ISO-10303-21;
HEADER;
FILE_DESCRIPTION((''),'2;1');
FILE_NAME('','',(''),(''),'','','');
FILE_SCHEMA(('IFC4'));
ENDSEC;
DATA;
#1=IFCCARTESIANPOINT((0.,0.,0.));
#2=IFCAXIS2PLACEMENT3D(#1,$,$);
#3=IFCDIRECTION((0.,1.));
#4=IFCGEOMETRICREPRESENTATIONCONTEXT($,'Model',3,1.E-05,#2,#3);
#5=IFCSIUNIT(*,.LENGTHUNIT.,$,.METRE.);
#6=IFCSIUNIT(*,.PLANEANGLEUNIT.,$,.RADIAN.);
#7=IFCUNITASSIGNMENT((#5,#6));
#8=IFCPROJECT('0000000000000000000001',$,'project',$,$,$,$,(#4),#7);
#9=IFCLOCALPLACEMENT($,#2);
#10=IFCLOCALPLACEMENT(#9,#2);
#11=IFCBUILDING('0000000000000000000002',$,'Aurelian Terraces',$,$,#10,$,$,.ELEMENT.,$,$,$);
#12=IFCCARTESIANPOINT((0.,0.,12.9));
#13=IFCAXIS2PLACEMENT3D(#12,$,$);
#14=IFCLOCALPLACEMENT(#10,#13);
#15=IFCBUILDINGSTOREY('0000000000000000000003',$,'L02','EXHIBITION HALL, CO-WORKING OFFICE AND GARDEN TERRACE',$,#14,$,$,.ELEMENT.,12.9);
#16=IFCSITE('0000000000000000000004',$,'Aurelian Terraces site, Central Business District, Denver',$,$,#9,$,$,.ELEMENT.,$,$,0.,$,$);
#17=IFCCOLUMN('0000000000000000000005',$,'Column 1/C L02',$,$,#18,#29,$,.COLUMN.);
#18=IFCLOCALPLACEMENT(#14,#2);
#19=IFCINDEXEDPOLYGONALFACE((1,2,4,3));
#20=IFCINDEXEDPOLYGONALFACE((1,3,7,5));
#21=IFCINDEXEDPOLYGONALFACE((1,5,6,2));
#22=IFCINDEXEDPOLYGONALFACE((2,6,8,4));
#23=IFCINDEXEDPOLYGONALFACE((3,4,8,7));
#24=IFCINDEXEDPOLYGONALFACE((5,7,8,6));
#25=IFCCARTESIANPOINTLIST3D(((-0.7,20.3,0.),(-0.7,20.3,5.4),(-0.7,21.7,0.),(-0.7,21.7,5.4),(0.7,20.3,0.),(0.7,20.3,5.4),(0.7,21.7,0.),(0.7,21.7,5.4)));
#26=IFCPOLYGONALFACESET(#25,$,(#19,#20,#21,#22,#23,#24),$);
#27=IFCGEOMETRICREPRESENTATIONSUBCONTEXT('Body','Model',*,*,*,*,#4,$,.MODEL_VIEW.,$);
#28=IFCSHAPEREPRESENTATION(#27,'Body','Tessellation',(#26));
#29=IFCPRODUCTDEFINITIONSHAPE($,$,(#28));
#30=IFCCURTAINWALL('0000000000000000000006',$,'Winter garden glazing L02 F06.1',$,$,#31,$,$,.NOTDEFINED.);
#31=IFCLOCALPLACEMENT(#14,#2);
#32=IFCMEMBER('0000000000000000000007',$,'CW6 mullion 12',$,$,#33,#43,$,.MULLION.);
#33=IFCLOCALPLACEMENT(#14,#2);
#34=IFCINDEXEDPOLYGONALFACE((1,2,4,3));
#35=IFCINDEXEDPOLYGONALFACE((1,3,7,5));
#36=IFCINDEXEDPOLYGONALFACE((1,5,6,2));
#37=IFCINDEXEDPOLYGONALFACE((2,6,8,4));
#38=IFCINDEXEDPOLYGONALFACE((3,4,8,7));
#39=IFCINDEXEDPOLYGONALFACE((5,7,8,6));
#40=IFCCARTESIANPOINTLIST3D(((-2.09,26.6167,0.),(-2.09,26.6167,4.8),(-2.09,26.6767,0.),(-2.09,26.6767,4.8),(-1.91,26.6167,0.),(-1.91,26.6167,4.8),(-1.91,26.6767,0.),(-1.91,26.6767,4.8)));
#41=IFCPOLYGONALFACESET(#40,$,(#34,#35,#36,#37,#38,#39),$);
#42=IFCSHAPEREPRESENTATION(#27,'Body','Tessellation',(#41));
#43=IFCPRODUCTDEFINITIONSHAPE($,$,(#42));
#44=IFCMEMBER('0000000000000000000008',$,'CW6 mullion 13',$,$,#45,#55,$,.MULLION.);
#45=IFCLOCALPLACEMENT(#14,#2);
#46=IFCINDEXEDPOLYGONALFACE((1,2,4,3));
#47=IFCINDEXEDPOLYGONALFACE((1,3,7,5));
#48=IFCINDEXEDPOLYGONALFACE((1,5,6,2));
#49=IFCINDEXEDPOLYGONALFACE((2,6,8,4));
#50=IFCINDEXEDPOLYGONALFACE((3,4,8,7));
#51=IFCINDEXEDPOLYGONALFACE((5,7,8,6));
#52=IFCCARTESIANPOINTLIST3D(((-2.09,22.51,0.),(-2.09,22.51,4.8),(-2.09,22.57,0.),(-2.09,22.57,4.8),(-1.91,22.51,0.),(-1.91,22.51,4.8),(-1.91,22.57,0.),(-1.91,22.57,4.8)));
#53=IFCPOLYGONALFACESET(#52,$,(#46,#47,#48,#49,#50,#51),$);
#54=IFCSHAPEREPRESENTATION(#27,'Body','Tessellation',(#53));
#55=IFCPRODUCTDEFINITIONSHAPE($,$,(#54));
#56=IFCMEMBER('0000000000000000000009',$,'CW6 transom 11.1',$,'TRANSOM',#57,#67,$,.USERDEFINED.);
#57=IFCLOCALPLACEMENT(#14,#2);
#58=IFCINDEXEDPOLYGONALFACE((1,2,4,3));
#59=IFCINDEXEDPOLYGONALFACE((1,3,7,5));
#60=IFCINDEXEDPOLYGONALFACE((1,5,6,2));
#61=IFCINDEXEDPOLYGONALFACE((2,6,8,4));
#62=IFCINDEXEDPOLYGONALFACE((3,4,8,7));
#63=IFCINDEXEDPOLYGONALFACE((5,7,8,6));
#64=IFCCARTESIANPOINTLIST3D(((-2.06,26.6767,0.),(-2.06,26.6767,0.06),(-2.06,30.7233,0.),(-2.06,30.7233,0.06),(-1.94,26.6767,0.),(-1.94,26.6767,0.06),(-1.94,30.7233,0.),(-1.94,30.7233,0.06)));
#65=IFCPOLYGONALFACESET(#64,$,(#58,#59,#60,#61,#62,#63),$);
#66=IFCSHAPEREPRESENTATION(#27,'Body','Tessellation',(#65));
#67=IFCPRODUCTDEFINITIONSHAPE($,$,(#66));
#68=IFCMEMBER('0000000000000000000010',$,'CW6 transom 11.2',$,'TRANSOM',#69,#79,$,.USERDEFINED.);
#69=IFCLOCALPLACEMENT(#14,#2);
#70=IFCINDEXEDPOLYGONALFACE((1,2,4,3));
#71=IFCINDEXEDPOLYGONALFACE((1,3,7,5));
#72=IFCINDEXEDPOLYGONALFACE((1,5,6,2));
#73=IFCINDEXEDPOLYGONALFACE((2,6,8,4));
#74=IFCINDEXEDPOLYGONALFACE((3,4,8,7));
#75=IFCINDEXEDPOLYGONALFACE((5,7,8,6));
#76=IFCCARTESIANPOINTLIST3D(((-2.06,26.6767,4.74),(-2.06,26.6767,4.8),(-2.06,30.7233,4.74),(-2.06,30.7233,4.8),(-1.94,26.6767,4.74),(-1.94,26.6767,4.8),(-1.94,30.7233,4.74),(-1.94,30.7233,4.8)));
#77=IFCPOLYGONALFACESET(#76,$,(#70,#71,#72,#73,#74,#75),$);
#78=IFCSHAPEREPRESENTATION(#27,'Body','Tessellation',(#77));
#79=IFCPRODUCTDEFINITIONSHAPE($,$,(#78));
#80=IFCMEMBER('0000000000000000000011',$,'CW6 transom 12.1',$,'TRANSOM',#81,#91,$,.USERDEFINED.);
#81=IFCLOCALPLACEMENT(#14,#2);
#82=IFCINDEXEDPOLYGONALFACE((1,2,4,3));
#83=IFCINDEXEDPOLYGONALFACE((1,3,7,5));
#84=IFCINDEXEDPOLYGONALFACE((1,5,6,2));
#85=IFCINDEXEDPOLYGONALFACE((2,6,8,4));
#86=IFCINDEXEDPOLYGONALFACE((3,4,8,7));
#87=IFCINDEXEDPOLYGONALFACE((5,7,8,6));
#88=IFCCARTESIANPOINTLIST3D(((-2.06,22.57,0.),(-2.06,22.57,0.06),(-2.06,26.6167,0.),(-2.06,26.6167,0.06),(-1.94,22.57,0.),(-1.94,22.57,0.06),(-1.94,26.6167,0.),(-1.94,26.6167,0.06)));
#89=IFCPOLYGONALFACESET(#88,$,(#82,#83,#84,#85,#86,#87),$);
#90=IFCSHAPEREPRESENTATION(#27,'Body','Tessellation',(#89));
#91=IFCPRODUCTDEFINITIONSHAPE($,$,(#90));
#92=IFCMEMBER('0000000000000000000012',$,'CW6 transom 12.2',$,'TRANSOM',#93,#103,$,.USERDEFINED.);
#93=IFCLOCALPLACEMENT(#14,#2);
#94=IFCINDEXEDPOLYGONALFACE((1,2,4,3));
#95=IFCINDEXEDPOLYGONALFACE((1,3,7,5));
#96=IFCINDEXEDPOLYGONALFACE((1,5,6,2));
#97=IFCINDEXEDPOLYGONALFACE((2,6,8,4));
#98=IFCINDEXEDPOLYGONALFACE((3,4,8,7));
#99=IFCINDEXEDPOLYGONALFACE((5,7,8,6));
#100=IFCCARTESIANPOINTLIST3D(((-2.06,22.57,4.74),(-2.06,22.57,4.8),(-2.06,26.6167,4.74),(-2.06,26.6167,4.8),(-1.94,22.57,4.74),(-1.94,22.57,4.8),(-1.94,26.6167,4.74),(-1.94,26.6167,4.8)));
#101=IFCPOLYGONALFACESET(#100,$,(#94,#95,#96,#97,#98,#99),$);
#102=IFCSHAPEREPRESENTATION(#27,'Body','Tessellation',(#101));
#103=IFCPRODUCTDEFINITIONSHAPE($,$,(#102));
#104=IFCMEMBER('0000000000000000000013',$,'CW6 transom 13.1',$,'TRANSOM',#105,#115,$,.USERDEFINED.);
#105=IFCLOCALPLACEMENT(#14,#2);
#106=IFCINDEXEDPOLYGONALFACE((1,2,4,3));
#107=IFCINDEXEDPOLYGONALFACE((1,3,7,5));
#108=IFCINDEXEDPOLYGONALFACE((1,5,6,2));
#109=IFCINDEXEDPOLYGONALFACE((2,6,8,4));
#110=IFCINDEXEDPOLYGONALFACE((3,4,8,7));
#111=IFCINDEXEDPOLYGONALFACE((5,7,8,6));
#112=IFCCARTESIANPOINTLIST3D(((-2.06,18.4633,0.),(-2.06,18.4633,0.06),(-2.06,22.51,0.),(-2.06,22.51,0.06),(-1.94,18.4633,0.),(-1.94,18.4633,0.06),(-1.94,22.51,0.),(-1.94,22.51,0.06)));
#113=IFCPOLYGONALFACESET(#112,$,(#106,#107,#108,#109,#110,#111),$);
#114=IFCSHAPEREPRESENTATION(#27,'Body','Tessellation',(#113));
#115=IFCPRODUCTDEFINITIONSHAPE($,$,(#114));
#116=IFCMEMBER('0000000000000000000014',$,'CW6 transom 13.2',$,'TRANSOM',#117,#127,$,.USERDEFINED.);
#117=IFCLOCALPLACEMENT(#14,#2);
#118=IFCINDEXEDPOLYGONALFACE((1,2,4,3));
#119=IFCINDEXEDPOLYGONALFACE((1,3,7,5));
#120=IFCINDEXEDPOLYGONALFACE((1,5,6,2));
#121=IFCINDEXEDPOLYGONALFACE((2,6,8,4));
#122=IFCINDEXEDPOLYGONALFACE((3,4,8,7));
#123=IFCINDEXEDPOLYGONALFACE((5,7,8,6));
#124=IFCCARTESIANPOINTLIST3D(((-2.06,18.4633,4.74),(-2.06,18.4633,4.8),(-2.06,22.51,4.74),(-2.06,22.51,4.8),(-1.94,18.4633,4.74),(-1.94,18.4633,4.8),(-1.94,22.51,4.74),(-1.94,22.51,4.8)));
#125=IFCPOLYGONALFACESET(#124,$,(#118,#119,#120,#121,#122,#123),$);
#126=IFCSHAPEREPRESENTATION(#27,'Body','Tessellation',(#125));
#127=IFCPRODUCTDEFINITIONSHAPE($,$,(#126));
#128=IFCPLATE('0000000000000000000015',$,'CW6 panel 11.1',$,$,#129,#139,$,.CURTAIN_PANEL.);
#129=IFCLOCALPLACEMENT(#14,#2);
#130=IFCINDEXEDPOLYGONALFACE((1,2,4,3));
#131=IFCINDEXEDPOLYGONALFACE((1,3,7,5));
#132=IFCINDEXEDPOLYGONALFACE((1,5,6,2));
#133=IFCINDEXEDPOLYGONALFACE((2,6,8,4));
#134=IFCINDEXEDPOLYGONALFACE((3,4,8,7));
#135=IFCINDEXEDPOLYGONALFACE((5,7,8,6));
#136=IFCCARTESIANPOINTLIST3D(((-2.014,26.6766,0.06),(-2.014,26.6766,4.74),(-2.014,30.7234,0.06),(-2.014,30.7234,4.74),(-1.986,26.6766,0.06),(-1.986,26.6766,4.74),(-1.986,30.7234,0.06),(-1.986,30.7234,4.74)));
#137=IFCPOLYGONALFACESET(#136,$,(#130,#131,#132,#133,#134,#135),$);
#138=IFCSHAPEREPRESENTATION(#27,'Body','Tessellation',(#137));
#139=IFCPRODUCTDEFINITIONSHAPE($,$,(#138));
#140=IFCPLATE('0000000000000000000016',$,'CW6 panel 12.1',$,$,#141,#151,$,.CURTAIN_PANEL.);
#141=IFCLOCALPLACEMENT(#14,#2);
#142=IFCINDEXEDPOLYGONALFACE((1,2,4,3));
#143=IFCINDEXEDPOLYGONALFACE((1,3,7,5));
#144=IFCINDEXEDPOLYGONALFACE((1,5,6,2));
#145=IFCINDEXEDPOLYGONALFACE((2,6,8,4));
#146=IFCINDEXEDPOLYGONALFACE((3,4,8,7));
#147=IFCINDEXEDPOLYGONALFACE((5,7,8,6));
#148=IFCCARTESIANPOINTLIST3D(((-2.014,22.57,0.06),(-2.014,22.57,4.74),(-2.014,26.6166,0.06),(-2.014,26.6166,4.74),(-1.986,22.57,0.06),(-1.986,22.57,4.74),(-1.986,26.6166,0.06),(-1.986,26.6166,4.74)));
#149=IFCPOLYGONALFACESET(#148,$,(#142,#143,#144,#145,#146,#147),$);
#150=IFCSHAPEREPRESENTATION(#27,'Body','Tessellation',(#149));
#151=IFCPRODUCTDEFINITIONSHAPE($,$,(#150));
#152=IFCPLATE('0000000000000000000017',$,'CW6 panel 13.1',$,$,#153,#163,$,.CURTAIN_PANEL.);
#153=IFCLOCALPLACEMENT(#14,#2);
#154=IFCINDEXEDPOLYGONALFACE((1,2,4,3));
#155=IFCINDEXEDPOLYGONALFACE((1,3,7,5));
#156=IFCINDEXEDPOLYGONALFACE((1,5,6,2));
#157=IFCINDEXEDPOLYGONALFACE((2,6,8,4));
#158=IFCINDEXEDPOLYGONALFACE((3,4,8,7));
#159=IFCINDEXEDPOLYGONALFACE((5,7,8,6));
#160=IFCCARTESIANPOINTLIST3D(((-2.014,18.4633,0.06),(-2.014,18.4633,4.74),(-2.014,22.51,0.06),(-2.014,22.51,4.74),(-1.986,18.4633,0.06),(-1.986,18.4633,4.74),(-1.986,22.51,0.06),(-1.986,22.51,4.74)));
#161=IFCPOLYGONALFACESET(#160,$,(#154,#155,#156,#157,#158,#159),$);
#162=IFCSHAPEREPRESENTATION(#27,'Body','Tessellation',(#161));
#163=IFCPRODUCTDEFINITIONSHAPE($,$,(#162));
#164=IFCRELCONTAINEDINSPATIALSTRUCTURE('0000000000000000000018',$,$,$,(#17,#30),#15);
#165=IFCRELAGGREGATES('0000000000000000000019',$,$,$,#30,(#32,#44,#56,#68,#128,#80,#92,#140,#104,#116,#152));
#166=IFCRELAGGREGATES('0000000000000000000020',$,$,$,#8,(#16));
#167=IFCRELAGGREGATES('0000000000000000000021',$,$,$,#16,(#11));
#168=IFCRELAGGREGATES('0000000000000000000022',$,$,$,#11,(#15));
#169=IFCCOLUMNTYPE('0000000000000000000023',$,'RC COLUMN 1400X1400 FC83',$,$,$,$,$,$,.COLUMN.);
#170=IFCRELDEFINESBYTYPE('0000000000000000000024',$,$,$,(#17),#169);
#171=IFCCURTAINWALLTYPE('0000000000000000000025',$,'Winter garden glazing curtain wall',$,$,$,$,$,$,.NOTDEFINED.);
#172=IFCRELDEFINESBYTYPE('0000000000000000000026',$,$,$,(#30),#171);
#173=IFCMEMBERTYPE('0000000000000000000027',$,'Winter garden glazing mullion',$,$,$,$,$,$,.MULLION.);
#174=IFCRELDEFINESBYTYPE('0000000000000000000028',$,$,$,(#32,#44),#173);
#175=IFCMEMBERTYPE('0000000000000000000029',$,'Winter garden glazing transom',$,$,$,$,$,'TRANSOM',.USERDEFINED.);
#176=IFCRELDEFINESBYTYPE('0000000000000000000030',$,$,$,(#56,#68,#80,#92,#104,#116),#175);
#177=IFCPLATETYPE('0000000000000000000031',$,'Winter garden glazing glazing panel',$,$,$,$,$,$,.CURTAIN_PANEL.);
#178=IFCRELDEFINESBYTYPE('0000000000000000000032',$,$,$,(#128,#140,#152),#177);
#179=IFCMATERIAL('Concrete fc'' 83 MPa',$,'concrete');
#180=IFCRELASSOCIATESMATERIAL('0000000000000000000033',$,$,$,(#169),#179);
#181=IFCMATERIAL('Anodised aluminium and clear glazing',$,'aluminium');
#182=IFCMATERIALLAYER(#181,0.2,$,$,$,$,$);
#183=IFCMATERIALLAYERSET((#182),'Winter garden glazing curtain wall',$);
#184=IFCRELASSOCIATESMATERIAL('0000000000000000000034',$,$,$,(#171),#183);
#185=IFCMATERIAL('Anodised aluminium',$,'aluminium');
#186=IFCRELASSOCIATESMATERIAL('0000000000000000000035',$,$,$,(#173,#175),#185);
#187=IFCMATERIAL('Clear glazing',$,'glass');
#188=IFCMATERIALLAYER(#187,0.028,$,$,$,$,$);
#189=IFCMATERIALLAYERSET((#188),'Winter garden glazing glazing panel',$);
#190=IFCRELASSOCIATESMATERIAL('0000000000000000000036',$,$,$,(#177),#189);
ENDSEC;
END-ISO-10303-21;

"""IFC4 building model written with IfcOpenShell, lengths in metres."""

from ifc_helpers import new_model, si_unit, direction, frame, origin, origin_2d, place, context, subcontext, project, spatial, rectangle, extrude, source, transform, mapped, material, layer, layer_set, material_profile, profile_set, type_object, element, aggregate, save


model = new_model("IFC4")

# Units and contexts
model_context = context("Model", 3, precision=1e-05, world=origin(), true_north=direction((0.0, 1.0)))
body_context = subcontext(model_context, "Body", "Model", "MODEL_VIEW")
ifc_project = project(units=[si_unit("LENGTHUNIT", "METRE"), si_unit("PLANEANGLEUNIT", "RADIAN")], contexts=[model_context])

# Site, building, storey
site_placement = place(None, origin())
site = spatial("IfcSite", under=ifc_project, at=site_placement, Name="Aurelian Terraces site, Central Business District, Denver", CompositionType="ELEMENT", RefElevation=0.0)
building_placement = place(site_placement, origin())
building = spatial("IfcBuilding", under=site, at=building_placement, Name="Aurelian Terraces", CompositionType="ELEMENT")
storey_placement = place(building_placement, frame((0.0, 0.0, 12.9)))
storey = spatial("IfcBuildingStorey", under=building, at=storey_placement, Name="L02", Description="EXHIBITION HALL, CO-WORKING OFFICE AND GARDEN TERRACE", CompositionType="ELEMENT", Elevation=12.9)

# Column
ifc_material_1 = material(Name="Concrete fc' 83 MPa", Category="concrete")
ifc_material_profile_1 = material_profile(ifc_material_1, rectangle(XDim=1.4, YDim=1.4, at=origin_2d()))
ifc_profile_set_1 = profile_set([ifc_material_profile_1], Name="Concrete fc' 83 MPa")
column_type = type_object("IfcColumnType", Name="RC COLUMN 1400X1400 FC83", PredefinedType="COLUMN", material=ifc_profile_set_1)
shared_shape_1 = source(origin(), body_context, "Body", "SweptSolid", [
    extrude(rectangle(XDim=1.4, YDim=1.4, at=origin_2d()), origin(), (0.0, 0.0, 1.0), 5.4),
])
column_placement = place(storey_placement, frame((0.0, 21.0, 0.0), z_axis=(0.0, 0.0, 1.0), x_axis=(1.0, 0.0, 0.0)))
element("IfcColumn", 1, at=column_placement, inside=storey, type_object=column_type, Name="Column 1/C L02", PredefinedType="COLUMN", context=body_context, shape_type="MappedRepresentation", body=[
    mapped(shared_shape_1, transform((0.0, 0.0, 0.0), scale=1.0)),
])

# Curtain wall, members, plates
ifc_material_2 = material(Name="Anodised aluminium and clear glazing", Category="aluminium")
ifc_layer_1 = layer(ifc_material_2, 0.2)
ifc_layer_set_1 = layer_set([ifc_layer_1], Name="Winter garden glazing curtain wall")
curtain_wall_type = type_object("IfcCurtainWallType", Name="Winter garden glazing curtain wall", PredefinedType="NOTDEFINED", material=ifc_layer_set_1)
curtain_wall_placement = place(storey_placement, origin())
curtain_wall = element("IfcCurtainWall", 2, at=curtain_wall_placement, inside=storey, type_object=curtain_wall_type, Name="Winter garden glazing L02 F06.1", PredefinedType="NOTDEFINED")
ifc_material_3 = material(Name="Anodised aluminium", Category="aluminium")
ifc_material_profile_2 = material_profile(ifc_material_3, rectangle(XDim=0.18, YDim=0.06, at=origin_2d()))
ifc_profile_set_2 = profile_set([ifc_material_profile_2], Name="Anodised aluminium")
member_type_1 = type_object("IfcMemberType", Name="Winter garden glazing mullion", PredefinedType="MULLION", material=ifc_profile_set_2)
shared_shape_2 = source(origin(), body_context, "Body", "SweptSolid", [
    extrude(rectangle(XDim=0.18, YDim=0.06, at=origin_2d()), origin(), (0.0, 0.0, 1.0), 4.8),
])
member_1_placement = place(storey_placement, frame((-2.0, 26.6467, 0.0), z_axis=(0.0, 0.0, 1.0), x_axis=(1.0, 0.0, 0.0)))
member_1 = element("IfcMember", 3, at=member_1_placement, type_object=member_type_1, Name="CW6 mullion 12", PredefinedType="MULLION", context=body_context, shape_type="MappedRepresentation", body=[
    mapped(shared_shape_2, transform((0.0, 0.0, 0.0), scale=1.0)),
])
member_2_placement = place(storey_placement, frame((-2.0, 22.54, 0.0), z_axis=(0.0, 0.0, 1.0), x_axis=(1.0, 0.0, 0.0)))
member_2 = element("IfcMember", 4, at=member_2_placement, type_object=member_type_1, Name="CW6 mullion 13", PredefinedType="MULLION", context=body_context, shape_type="MappedRepresentation", body=[
    mapped(shared_shape_2, transform((0.0, 0.0, 0.0), scale=1.0)),
])
ifc_material_profile_3 = material_profile(ifc_material_3, rectangle(XDim=0.12, YDim=0.06, at=origin_2d()))
ifc_profile_set_3 = profile_set([ifc_material_profile_3], Name="Anodised aluminium")
member_type_2 = type_object("IfcMemberType", Name="Winter garden glazing transom", ElementType="TRANSOM", PredefinedType="USERDEFINED", material=ifc_profile_set_3)
shared_shape_3 = source(origin(), body_context, "Body", "SweptSolid", [
    extrude(rectangle(XDim=0.12, YDim=0.06, at=origin_2d()), origin(), (0.0, 0.0, 1.0), 4.0466),
])
member_3_placement = place(storey_placement, frame((-2.0, 30.7233, 0.03), z_axis=(0.0, -1.0, 0.0), x_axis=(1.0, 0.0, 0.0)))
member_3 = element("IfcMember", 5, at=member_3_placement, type_object=member_type_2, Name="CW6 transom 11.1", ObjectType="TRANSOM", PredefinedType="USERDEFINED", context=body_context, shape_type="MappedRepresentation", body=[
    mapped(shared_shape_3, transform((0.0, 0.0, 0.0), scale=1.0)),
])
member_4_placement = place(storey_placement, frame((-2.0, 30.7233, 4.77), z_axis=(0.0, -1.0, 0.0), x_axis=(1.0, 0.0, 0.0)))
member_4 = element("IfcMember", 6, at=member_4_placement, type_object=member_type_2, Name="CW6 transom 11.2", ObjectType="TRANSOM", PredefinedType="USERDEFINED", context=body_context, shape_type="MappedRepresentation", body=[
    mapped(shared_shape_3, transform((0.0, 0.0, 0.0), scale=1.0)),
])
shared_shape_4 = source(origin(), body_context, "Body", "SweptSolid", [
    extrude(rectangle(XDim=0.12, YDim=0.06, at=origin_2d()), origin(), (0.0, 0.0, 1.0), 4.0467),
])
member_5_placement = place(storey_placement, frame((-2.0, 26.6167, 0.03), z_axis=(0.0, -1.0, 0.0), x_axis=(1.0, 0.0, 0.0)))
member_5 = element("IfcMember", 7, at=member_5_placement, type_object=member_type_2, Name="CW6 transom 12.1", ObjectType="TRANSOM", PredefinedType="USERDEFINED", context=body_context, shape_type="MappedRepresentation", body=[
    mapped(shared_shape_4, transform((0.0, 0.0, 0.0), scale=1.0)),
])
member_6_placement = place(storey_placement, frame((-2.0, 26.6167, 4.77), z_axis=(0.0, -1.0, 0.0), x_axis=(1.0, 0.0, 0.0)))
member_6 = element("IfcMember", 8, at=member_6_placement, type_object=member_type_2, Name="CW6 transom 12.2", ObjectType="TRANSOM", PredefinedType="USERDEFINED", context=body_context, shape_type="MappedRepresentation", body=[
    mapped(shared_shape_4, transform((0.0, 0.0, 0.0), scale=1.0)),
])
member_7_placement = place(storey_placement, frame((-2.0, 22.51, 0.03), z_axis=(0.0, -1.0, 0.0), x_axis=(1.0, 0.0, 0.0)))
member_7 = element("IfcMember", 9, at=member_7_placement, type_object=member_type_2, Name="CW6 transom 13.1", ObjectType="TRANSOM", PredefinedType="USERDEFINED", context=body_context, shape_type="MappedRepresentation", body=[
    mapped(shared_shape_4, transform((0.0, 0.0, 0.0), scale=1.0)),
])
member_8_placement = place(storey_placement, frame((-2.0, 22.51, 4.77), z_axis=(0.0, -1.0, 0.0), x_axis=(1.0, 0.0, 0.0)))
member_8 = element("IfcMember", 10, at=member_8_placement, type_object=member_type_2, Name="CW6 transom 13.2", ObjectType="TRANSOM", PredefinedType="USERDEFINED", context=body_context, shape_type="MappedRepresentation", body=[
    mapped(shared_shape_4, transform((0.0, 0.0, 0.0), scale=1.0)),
])
ifc_material_4 = material(Name="Clear glazing", Category="glass")
ifc_layer_2 = layer(ifc_material_4, 0.028)
ifc_layer_set_2 = layer_set([ifc_layer_2], Name="Winter garden glazing glazing panel")
plate_type = type_object("IfcPlateType", Name="Winter garden glazing glazing panel", PredefinedType="CURTAIN_PANEL", material=ifc_layer_set_2)
shared_shape_5 = source(origin(), body_context, "Body", "SweptSolid", [
    extrude(rectangle(XDim=4.0467, YDim=0.028, at=origin_2d()), origin(), (0.0, 0.0, 1.0), 4.68),
])
plate_1_placement = place(storey_placement, frame((-2.0, 28.7, 0.06), z_axis=(0.0, 0.0, 1.0), x_axis=(0.0, -1.0, 0.0)))
plate_1 = element("IfcPlate", 11, at=plate_1_placement, type_object=plate_type, Name="CW6 panel 11.1", PredefinedType="CURTAIN_PANEL", context=body_context, shape_type="MappedRepresentation", body=[
    mapped(shared_shape_5, transform((0.0, 0.0, 0.0), scale=1.0)),
])
plate_2_placement = place(storey_placement, frame((-2.0, 24.5933, 0.06), z_axis=(0.0, 0.0, 1.0), x_axis=(0.0, -1.0, 0.0)))
plate_2 = element("IfcPlate", 12, at=plate_2_placement, type_object=plate_type, Name="CW6 panel 12.1", PredefinedType="CURTAIN_PANEL", context=body_context, shape_type="MappedRepresentation", body=[
    mapped(shared_shape_5, transform((0.0, 0.0, 0.0), scale=1.0)),
])
plate_3_placement = place(storey_placement, frame((-2.0, 20.4867, 0.06), z_axis=(0.0, 0.0, 1.0), x_axis=(0.0, -1.0, 0.0)))
plate_3 = element("IfcPlate", 13, at=plate_3_placement, type_object=plate_type, Name="CW6 panel 13.1", PredefinedType="CURTAIN_PANEL", context=body_context, shape_type="MappedRepresentation", body=[
    mapped(shared_shape_5, transform((0.0, 0.0, 0.0), scale=1.0)),
])
aggregate(curtain_wall, [member_1, member_2, member_3, member_4, plate_1, member_5, member_6, plate_2, member_7, member_8, plate_3])

save(model, "model.ifc")
